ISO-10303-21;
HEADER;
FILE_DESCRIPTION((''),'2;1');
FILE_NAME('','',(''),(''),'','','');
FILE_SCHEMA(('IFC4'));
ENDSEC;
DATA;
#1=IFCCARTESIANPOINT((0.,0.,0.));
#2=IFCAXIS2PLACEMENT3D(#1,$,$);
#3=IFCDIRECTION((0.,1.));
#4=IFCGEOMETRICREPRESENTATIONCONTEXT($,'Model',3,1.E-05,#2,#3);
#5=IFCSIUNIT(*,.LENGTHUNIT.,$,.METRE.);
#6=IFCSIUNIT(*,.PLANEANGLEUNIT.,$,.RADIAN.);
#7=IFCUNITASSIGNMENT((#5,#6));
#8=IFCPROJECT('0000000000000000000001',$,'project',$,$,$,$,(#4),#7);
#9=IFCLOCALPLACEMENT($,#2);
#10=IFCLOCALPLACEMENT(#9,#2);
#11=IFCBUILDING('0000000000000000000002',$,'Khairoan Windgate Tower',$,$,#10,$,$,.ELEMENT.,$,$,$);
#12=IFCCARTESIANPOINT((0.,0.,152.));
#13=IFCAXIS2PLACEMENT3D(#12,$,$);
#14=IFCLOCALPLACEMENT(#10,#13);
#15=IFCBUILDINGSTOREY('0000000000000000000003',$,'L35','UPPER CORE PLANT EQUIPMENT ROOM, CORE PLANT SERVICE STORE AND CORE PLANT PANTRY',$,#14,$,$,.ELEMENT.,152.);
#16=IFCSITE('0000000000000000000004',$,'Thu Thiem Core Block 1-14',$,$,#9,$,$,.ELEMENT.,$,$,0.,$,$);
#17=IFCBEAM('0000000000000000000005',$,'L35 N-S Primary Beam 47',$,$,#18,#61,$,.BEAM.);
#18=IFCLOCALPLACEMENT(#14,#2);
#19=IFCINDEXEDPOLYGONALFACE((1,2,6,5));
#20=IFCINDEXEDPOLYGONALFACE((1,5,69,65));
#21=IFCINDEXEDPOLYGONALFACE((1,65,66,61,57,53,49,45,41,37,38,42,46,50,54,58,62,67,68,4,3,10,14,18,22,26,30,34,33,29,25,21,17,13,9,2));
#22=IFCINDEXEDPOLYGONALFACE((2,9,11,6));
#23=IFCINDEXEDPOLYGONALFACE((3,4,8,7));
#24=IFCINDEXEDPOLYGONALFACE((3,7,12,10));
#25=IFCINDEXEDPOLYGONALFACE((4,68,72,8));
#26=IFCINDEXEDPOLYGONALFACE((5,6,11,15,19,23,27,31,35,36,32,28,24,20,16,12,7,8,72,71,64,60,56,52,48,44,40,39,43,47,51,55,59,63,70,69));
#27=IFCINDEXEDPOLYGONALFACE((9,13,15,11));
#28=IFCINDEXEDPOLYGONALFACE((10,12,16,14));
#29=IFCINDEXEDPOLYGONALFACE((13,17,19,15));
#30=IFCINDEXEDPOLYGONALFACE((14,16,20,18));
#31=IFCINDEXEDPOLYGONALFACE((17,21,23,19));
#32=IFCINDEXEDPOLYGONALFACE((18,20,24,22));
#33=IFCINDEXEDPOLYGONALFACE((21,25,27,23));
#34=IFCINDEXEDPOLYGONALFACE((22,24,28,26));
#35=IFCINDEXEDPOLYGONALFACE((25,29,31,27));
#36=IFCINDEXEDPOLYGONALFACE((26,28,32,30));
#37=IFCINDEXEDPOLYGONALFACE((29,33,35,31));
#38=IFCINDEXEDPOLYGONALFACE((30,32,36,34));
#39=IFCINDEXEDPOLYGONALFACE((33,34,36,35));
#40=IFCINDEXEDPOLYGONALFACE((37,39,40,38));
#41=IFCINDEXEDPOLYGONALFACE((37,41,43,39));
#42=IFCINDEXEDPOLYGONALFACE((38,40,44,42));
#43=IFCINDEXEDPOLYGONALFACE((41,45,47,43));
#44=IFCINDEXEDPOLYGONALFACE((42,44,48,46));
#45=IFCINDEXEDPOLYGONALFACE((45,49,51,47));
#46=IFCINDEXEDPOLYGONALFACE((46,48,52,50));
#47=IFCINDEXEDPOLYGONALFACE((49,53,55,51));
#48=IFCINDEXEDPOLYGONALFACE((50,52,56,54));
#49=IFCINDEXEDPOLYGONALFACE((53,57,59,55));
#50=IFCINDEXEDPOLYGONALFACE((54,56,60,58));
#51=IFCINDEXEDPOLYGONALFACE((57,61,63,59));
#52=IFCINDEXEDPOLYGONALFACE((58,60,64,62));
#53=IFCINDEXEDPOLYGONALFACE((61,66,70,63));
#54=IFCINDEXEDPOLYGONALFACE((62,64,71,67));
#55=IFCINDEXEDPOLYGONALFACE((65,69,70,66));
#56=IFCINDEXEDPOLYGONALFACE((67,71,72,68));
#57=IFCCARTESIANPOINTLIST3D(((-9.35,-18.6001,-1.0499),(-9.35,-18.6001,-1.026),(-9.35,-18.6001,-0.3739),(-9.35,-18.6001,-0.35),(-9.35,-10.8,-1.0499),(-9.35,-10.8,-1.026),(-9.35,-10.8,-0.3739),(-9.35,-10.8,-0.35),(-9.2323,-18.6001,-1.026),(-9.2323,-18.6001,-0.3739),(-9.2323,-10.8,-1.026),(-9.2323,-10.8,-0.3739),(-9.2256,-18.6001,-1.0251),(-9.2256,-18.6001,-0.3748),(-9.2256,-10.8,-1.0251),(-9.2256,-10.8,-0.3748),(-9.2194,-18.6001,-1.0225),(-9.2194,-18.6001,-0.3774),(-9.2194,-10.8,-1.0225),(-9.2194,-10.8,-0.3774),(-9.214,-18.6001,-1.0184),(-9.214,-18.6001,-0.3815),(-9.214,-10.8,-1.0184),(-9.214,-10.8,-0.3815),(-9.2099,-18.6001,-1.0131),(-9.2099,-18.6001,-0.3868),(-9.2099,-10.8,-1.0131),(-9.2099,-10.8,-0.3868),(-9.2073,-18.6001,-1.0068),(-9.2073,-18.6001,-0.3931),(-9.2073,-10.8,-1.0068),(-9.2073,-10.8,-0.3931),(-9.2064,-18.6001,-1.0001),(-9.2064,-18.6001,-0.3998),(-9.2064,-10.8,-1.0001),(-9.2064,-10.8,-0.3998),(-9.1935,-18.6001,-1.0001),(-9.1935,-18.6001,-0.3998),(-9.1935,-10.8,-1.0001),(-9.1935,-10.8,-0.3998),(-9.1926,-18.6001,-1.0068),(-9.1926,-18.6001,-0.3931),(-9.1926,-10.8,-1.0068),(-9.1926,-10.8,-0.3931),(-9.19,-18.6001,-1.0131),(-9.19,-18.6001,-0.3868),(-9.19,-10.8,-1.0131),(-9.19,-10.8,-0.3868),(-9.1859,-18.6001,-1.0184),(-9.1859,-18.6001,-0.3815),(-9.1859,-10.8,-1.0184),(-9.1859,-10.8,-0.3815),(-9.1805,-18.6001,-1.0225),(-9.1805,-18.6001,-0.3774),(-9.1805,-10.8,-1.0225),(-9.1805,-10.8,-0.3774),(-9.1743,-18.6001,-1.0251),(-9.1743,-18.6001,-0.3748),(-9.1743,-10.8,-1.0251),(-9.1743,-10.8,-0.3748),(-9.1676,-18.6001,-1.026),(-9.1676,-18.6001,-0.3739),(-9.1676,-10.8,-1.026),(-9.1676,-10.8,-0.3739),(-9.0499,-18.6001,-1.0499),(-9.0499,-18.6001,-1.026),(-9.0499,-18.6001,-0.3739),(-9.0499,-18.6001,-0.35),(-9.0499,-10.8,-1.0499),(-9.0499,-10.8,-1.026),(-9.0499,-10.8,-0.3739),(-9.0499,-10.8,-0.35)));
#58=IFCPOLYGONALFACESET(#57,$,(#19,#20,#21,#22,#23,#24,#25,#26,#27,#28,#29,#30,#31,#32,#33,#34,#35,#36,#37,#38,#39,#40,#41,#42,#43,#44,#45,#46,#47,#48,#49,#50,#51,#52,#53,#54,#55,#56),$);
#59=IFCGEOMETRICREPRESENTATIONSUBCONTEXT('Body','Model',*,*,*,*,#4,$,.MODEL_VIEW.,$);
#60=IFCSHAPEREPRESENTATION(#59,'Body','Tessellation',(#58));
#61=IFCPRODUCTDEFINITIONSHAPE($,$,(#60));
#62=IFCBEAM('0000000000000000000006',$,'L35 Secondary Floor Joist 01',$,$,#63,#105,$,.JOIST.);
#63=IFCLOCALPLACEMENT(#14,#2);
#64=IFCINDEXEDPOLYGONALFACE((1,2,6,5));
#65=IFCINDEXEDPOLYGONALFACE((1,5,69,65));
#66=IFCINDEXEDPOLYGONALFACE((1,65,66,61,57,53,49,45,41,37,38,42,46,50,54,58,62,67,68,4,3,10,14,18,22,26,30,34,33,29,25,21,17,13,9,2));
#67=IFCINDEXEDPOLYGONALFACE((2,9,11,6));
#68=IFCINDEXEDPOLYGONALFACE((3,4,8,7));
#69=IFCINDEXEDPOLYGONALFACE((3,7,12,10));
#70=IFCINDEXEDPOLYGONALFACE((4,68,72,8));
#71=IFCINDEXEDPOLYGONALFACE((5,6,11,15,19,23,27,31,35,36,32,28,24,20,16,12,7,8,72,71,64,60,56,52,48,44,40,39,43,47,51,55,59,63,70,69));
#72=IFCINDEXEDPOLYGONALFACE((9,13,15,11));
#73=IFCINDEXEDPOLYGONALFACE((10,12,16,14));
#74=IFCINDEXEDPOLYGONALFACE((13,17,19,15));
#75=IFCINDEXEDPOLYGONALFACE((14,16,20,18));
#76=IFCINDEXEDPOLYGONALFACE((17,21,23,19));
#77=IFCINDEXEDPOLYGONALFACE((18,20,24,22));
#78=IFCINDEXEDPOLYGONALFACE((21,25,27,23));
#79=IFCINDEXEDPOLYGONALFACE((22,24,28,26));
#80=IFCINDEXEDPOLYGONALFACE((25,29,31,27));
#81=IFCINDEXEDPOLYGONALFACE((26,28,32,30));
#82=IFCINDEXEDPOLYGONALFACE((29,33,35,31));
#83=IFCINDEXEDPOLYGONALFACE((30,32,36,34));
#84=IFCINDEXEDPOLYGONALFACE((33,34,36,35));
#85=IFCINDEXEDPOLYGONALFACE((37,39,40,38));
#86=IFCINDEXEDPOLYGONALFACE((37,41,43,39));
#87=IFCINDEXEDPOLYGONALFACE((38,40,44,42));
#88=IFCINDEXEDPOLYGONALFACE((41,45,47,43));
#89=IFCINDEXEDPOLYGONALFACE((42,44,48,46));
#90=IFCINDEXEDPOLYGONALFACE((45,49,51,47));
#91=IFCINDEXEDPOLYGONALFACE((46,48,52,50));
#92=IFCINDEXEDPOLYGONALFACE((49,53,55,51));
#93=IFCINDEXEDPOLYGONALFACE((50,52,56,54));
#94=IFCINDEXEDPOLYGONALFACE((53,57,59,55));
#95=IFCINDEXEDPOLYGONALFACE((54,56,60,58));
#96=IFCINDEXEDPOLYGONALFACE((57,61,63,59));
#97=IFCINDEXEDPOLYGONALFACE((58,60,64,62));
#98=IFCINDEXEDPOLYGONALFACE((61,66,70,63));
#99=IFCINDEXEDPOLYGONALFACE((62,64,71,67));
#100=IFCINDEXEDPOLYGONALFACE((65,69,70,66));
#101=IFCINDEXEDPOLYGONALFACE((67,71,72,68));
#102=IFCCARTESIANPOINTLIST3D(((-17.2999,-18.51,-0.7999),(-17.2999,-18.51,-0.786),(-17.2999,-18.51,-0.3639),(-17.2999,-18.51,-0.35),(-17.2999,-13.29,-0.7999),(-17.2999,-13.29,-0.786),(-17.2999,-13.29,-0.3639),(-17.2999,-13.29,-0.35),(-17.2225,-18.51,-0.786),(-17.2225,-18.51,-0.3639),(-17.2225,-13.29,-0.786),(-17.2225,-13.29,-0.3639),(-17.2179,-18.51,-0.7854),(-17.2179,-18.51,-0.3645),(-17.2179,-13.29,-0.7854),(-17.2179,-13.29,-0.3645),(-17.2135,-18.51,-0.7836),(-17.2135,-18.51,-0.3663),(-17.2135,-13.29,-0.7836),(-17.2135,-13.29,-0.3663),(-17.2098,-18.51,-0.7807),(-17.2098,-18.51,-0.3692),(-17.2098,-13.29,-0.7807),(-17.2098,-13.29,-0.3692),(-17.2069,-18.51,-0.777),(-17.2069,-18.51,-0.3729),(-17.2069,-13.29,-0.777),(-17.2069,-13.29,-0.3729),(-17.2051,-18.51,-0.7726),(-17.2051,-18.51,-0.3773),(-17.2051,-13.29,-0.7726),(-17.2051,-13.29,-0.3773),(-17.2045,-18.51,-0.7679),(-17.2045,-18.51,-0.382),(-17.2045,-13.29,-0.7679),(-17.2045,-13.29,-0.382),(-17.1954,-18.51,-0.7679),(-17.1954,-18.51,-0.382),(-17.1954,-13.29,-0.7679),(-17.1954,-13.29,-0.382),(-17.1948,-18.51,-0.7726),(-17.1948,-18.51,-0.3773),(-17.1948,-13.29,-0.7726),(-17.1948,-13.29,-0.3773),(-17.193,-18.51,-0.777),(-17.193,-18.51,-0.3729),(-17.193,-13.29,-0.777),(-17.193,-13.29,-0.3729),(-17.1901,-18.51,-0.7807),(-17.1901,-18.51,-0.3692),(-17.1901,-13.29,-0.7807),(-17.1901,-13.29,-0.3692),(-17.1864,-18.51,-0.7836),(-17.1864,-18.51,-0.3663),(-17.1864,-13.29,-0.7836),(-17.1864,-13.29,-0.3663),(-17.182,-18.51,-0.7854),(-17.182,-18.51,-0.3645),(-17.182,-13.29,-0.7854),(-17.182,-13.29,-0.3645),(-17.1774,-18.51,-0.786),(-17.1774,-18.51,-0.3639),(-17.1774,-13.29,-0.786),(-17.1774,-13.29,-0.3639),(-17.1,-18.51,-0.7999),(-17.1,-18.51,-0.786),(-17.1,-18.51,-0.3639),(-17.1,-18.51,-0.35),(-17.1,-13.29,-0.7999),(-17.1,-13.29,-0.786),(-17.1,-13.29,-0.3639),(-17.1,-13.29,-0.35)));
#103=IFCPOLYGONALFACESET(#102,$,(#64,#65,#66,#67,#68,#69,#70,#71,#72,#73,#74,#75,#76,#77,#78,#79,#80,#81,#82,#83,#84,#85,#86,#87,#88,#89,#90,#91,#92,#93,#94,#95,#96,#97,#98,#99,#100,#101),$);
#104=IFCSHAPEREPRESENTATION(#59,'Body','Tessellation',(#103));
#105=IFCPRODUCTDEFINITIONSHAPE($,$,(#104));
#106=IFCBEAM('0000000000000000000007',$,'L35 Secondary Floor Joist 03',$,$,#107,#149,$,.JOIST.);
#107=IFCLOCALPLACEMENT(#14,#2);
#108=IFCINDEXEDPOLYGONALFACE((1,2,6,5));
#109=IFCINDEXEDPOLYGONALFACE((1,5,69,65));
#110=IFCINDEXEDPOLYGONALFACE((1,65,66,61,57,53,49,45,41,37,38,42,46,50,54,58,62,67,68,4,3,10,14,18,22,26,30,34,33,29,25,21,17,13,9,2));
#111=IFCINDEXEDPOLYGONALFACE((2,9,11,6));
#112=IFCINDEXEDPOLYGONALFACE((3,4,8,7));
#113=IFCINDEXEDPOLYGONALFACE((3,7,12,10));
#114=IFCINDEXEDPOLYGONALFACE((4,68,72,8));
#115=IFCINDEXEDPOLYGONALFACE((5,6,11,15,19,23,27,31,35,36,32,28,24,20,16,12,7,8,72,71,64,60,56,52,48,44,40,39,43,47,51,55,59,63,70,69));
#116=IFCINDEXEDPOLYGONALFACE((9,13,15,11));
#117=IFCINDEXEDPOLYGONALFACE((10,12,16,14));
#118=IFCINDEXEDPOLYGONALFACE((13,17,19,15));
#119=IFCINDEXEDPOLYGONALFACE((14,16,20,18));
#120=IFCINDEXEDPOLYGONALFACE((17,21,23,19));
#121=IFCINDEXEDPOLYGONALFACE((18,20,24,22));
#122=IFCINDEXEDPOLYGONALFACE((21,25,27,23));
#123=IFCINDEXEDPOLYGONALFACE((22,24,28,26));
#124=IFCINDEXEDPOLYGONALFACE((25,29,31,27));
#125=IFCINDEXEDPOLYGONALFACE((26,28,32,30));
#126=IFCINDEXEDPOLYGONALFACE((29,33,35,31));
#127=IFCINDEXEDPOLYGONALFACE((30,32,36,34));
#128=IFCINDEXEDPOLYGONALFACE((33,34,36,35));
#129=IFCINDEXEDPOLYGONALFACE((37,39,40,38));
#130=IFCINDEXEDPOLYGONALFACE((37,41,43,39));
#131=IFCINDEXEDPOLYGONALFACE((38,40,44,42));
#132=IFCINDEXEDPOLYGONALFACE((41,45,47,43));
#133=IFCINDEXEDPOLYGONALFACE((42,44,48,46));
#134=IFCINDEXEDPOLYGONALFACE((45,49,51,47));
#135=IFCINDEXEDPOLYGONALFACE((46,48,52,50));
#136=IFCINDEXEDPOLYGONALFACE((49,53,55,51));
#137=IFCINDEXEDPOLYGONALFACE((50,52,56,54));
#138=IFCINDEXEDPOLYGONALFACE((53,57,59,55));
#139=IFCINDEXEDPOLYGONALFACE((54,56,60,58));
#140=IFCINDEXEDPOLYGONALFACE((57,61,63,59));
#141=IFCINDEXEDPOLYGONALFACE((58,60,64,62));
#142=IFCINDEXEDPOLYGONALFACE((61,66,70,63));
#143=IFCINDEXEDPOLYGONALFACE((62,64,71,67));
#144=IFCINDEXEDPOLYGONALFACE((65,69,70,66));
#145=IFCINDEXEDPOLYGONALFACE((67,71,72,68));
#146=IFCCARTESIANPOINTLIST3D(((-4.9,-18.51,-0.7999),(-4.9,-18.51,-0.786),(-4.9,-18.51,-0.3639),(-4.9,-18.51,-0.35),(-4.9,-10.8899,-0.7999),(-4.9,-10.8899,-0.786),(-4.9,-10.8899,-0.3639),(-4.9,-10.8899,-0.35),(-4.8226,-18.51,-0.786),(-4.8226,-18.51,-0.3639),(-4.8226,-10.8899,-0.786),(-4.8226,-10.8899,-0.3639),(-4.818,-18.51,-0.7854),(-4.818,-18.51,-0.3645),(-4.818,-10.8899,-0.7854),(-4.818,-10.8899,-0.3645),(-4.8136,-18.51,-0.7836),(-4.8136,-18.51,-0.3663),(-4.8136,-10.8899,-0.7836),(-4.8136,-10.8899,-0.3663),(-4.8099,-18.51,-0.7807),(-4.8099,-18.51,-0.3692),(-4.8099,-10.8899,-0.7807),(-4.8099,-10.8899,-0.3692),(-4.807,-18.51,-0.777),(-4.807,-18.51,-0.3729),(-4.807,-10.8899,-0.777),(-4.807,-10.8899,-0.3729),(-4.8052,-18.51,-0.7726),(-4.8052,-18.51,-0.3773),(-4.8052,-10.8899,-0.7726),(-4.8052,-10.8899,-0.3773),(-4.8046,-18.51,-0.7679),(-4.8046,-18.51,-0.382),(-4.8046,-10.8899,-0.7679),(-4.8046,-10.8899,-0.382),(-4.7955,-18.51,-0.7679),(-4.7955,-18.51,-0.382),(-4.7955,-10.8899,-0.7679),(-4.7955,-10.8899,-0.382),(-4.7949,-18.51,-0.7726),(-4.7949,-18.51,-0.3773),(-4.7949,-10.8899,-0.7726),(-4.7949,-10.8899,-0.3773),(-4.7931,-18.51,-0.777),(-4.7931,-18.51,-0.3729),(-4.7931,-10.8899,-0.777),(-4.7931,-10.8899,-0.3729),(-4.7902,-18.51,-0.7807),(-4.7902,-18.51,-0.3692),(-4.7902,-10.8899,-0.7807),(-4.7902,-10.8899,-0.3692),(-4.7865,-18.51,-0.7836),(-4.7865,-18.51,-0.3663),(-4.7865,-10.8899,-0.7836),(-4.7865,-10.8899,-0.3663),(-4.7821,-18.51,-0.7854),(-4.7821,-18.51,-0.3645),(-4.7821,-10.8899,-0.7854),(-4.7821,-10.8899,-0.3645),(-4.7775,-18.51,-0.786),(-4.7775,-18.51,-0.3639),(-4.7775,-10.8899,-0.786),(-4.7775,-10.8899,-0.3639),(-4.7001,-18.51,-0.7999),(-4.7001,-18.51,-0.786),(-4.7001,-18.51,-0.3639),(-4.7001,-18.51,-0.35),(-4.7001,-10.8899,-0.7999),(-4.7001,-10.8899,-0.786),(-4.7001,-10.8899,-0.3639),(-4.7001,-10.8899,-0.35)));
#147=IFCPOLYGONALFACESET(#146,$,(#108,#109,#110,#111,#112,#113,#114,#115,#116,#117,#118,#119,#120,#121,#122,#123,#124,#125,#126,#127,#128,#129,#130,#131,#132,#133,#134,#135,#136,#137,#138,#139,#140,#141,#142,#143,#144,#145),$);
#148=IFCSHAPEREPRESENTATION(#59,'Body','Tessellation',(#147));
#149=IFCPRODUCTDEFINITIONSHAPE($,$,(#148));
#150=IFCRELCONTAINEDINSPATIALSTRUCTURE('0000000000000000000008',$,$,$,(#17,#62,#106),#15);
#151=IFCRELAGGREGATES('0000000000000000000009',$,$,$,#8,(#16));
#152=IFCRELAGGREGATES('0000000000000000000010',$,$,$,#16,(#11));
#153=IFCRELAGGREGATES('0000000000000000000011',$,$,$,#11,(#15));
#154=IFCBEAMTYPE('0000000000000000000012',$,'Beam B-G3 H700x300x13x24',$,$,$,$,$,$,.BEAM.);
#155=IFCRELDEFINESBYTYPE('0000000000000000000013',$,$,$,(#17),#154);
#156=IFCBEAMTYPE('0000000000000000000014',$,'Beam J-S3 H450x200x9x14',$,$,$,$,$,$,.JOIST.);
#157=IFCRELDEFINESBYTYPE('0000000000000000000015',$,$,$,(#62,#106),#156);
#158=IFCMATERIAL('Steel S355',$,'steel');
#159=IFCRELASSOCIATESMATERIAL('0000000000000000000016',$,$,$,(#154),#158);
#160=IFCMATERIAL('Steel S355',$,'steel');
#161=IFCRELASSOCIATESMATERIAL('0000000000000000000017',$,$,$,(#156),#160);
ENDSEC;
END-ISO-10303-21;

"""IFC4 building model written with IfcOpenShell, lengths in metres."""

from ifc_helpers import new_model, si_unit, direction, frame, origin, origin_2d, place, context, subcontext, project, spatial, i_section, extrude, material, material_profile, profile_set, type_object, element, save


model = new_model("IFC4")

# Units and contexts
model_context = context("Model", 3, precision=1e-05, world=origin(), true_north=direction((0.0, 1.0)))
body_context = subcontext(model_context, "Body", "Model", "MODEL_VIEW")
ifc_project = project(units=[si_unit("LENGTHUNIT", "METRE"), si_unit("PLANEANGLEUNIT", "RADIAN")], contexts=[model_context])

# Site, building, storey
site_placement = place(None, origin())
site = spatial("IfcSite", under=ifc_project, at=site_placement, Name="Thu Thiem Core Block 1-14", CompositionType="ELEMENT", RefElevation=0.0)
building_placement = place(site_placement, origin())
building = spatial("IfcBuilding", under=site, at=building_placement, Name="Khairoan Windgate Tower", CompositionType="ELEMENT")
storey_placement = place(building_placement, frame((0.0, 0.0, 152.0)))
storey = spatial("IfcBuildingStorey", under=building, at=storey_placement, Name="L35", Description="UPPER CORE PLANT EQUIPMENT ROOM, CORE PLANT SERVICE STORE AND CORE PLANT PANTRY", CompositionType="ELEMENT", Elevation=152.0)

# Beams
ifc_material_1 = material(Name="Steel S355", Category="steel")
ifc_material_profile_1 = material_profile(ifc_material_1, i_section(OverallWidth=0.3, OverallDepth=0.7, WebThickness=0.0129, FlangeThickness=0.0239, FilletRadius=0.0259, at=origin_2d()))
ifc_profile_set_1 = profile_set([ifc_material_profile_1], Name="Steel S355")
beam_type_1 = type_object("IfcBeamType", Name="Beam B-G3 H700x300x13x24", PredefinedType="BEAM", material=ifc_profile_set_1)
beam_1_placement = place(storey_placement, frame((-9.2, -18.6001, -0.7), z_axis=(0.0, 1.0, 0.0), x_axis=(-1.0, 0.0, 0.0)))
element("IfcBeam", 1, at=beam_1_placement, inside=storey, type_object=beam_type_1, Name="L35 N-S Primary Beam 47", PredefinedType="BEAM", context=body_context, shape_type="SweptSolid", body=[
    extrude(i_section(OverallWidth=0.3, OverallDepth=0.7, WebThickness=0.0129, FlangeThickness=0.0239, FilletRadius=0.0259, at=origin_2d()), origin(), (0.0, 0.0, 1.0), 7.8),
])
ifc_material_2 = material(Name="Steel S355", Category="steel")
ifc_material_profile_2 = material_profile(ifc_material_2, i_section(OverallWidth=0.2, OverallDepth=0.45, WebThickness=0.009, FlangeThickness=0.0139, FilletRadius=0.0181, at=origin_2d()))
ifc_profile_set_2 = profile_set([ifc_material_profile_2], Name="Steel S355")
beam_type_2 = type_object("IfcBeamType", Name="Beam J-S3 H450x200x9x14", PredefinedType="JOIST", material=ifc_profile_set_2)
beam_2_placement = place(storey_placement, frame((-17.2, -18.51, -0.575), z_axis=(0.0, 1.0, 0.0), x_axis=(-1.0, 0.0, 0.0)))
element("IfcBeam", 2, at=beam_2_placement, inside=storey, type_object=beam_type_2, Name="L35 Secondary Floor Joist 01", PredefinedType="JOIST", context=body_context, shape_type="SweptSolid", body=[
    extrude(i_section(OverallWidth=0.2, OverallDepth=0.45, WebThickness=0.009, FlangeThickness=0.0139, FilletRadius=0.0181, at=origin_2d()), origin(), (0.0, 0.0, 1.0), 5.22),
])
beam_3_placement = place(storey_placement, frame((-4.8, -18.51, -0.575), z_axis=(0.0, 1.0, 0.0), x_axis=(-1.0, 0.0, 0.0)))
element("IfcBeam", 3, at=beam_3_placement, inside=storey, type_object=beam_type_2, Name="L35 Secondary Floor Joist 03", PredefinedType="JOIST", context=body_context, shape_type="SweptSolid", body=[
    extrude(i_section(OverallWidth=0.2, OverallDepth=0.45, WebThickness=0.009, FlangeThickness=0.0139, FilletRadius=0.0181, at=origin_2d()), origin(), (0.0, 0.0, 1.0), 7.6201),
])

save(model, "model.ifc")
